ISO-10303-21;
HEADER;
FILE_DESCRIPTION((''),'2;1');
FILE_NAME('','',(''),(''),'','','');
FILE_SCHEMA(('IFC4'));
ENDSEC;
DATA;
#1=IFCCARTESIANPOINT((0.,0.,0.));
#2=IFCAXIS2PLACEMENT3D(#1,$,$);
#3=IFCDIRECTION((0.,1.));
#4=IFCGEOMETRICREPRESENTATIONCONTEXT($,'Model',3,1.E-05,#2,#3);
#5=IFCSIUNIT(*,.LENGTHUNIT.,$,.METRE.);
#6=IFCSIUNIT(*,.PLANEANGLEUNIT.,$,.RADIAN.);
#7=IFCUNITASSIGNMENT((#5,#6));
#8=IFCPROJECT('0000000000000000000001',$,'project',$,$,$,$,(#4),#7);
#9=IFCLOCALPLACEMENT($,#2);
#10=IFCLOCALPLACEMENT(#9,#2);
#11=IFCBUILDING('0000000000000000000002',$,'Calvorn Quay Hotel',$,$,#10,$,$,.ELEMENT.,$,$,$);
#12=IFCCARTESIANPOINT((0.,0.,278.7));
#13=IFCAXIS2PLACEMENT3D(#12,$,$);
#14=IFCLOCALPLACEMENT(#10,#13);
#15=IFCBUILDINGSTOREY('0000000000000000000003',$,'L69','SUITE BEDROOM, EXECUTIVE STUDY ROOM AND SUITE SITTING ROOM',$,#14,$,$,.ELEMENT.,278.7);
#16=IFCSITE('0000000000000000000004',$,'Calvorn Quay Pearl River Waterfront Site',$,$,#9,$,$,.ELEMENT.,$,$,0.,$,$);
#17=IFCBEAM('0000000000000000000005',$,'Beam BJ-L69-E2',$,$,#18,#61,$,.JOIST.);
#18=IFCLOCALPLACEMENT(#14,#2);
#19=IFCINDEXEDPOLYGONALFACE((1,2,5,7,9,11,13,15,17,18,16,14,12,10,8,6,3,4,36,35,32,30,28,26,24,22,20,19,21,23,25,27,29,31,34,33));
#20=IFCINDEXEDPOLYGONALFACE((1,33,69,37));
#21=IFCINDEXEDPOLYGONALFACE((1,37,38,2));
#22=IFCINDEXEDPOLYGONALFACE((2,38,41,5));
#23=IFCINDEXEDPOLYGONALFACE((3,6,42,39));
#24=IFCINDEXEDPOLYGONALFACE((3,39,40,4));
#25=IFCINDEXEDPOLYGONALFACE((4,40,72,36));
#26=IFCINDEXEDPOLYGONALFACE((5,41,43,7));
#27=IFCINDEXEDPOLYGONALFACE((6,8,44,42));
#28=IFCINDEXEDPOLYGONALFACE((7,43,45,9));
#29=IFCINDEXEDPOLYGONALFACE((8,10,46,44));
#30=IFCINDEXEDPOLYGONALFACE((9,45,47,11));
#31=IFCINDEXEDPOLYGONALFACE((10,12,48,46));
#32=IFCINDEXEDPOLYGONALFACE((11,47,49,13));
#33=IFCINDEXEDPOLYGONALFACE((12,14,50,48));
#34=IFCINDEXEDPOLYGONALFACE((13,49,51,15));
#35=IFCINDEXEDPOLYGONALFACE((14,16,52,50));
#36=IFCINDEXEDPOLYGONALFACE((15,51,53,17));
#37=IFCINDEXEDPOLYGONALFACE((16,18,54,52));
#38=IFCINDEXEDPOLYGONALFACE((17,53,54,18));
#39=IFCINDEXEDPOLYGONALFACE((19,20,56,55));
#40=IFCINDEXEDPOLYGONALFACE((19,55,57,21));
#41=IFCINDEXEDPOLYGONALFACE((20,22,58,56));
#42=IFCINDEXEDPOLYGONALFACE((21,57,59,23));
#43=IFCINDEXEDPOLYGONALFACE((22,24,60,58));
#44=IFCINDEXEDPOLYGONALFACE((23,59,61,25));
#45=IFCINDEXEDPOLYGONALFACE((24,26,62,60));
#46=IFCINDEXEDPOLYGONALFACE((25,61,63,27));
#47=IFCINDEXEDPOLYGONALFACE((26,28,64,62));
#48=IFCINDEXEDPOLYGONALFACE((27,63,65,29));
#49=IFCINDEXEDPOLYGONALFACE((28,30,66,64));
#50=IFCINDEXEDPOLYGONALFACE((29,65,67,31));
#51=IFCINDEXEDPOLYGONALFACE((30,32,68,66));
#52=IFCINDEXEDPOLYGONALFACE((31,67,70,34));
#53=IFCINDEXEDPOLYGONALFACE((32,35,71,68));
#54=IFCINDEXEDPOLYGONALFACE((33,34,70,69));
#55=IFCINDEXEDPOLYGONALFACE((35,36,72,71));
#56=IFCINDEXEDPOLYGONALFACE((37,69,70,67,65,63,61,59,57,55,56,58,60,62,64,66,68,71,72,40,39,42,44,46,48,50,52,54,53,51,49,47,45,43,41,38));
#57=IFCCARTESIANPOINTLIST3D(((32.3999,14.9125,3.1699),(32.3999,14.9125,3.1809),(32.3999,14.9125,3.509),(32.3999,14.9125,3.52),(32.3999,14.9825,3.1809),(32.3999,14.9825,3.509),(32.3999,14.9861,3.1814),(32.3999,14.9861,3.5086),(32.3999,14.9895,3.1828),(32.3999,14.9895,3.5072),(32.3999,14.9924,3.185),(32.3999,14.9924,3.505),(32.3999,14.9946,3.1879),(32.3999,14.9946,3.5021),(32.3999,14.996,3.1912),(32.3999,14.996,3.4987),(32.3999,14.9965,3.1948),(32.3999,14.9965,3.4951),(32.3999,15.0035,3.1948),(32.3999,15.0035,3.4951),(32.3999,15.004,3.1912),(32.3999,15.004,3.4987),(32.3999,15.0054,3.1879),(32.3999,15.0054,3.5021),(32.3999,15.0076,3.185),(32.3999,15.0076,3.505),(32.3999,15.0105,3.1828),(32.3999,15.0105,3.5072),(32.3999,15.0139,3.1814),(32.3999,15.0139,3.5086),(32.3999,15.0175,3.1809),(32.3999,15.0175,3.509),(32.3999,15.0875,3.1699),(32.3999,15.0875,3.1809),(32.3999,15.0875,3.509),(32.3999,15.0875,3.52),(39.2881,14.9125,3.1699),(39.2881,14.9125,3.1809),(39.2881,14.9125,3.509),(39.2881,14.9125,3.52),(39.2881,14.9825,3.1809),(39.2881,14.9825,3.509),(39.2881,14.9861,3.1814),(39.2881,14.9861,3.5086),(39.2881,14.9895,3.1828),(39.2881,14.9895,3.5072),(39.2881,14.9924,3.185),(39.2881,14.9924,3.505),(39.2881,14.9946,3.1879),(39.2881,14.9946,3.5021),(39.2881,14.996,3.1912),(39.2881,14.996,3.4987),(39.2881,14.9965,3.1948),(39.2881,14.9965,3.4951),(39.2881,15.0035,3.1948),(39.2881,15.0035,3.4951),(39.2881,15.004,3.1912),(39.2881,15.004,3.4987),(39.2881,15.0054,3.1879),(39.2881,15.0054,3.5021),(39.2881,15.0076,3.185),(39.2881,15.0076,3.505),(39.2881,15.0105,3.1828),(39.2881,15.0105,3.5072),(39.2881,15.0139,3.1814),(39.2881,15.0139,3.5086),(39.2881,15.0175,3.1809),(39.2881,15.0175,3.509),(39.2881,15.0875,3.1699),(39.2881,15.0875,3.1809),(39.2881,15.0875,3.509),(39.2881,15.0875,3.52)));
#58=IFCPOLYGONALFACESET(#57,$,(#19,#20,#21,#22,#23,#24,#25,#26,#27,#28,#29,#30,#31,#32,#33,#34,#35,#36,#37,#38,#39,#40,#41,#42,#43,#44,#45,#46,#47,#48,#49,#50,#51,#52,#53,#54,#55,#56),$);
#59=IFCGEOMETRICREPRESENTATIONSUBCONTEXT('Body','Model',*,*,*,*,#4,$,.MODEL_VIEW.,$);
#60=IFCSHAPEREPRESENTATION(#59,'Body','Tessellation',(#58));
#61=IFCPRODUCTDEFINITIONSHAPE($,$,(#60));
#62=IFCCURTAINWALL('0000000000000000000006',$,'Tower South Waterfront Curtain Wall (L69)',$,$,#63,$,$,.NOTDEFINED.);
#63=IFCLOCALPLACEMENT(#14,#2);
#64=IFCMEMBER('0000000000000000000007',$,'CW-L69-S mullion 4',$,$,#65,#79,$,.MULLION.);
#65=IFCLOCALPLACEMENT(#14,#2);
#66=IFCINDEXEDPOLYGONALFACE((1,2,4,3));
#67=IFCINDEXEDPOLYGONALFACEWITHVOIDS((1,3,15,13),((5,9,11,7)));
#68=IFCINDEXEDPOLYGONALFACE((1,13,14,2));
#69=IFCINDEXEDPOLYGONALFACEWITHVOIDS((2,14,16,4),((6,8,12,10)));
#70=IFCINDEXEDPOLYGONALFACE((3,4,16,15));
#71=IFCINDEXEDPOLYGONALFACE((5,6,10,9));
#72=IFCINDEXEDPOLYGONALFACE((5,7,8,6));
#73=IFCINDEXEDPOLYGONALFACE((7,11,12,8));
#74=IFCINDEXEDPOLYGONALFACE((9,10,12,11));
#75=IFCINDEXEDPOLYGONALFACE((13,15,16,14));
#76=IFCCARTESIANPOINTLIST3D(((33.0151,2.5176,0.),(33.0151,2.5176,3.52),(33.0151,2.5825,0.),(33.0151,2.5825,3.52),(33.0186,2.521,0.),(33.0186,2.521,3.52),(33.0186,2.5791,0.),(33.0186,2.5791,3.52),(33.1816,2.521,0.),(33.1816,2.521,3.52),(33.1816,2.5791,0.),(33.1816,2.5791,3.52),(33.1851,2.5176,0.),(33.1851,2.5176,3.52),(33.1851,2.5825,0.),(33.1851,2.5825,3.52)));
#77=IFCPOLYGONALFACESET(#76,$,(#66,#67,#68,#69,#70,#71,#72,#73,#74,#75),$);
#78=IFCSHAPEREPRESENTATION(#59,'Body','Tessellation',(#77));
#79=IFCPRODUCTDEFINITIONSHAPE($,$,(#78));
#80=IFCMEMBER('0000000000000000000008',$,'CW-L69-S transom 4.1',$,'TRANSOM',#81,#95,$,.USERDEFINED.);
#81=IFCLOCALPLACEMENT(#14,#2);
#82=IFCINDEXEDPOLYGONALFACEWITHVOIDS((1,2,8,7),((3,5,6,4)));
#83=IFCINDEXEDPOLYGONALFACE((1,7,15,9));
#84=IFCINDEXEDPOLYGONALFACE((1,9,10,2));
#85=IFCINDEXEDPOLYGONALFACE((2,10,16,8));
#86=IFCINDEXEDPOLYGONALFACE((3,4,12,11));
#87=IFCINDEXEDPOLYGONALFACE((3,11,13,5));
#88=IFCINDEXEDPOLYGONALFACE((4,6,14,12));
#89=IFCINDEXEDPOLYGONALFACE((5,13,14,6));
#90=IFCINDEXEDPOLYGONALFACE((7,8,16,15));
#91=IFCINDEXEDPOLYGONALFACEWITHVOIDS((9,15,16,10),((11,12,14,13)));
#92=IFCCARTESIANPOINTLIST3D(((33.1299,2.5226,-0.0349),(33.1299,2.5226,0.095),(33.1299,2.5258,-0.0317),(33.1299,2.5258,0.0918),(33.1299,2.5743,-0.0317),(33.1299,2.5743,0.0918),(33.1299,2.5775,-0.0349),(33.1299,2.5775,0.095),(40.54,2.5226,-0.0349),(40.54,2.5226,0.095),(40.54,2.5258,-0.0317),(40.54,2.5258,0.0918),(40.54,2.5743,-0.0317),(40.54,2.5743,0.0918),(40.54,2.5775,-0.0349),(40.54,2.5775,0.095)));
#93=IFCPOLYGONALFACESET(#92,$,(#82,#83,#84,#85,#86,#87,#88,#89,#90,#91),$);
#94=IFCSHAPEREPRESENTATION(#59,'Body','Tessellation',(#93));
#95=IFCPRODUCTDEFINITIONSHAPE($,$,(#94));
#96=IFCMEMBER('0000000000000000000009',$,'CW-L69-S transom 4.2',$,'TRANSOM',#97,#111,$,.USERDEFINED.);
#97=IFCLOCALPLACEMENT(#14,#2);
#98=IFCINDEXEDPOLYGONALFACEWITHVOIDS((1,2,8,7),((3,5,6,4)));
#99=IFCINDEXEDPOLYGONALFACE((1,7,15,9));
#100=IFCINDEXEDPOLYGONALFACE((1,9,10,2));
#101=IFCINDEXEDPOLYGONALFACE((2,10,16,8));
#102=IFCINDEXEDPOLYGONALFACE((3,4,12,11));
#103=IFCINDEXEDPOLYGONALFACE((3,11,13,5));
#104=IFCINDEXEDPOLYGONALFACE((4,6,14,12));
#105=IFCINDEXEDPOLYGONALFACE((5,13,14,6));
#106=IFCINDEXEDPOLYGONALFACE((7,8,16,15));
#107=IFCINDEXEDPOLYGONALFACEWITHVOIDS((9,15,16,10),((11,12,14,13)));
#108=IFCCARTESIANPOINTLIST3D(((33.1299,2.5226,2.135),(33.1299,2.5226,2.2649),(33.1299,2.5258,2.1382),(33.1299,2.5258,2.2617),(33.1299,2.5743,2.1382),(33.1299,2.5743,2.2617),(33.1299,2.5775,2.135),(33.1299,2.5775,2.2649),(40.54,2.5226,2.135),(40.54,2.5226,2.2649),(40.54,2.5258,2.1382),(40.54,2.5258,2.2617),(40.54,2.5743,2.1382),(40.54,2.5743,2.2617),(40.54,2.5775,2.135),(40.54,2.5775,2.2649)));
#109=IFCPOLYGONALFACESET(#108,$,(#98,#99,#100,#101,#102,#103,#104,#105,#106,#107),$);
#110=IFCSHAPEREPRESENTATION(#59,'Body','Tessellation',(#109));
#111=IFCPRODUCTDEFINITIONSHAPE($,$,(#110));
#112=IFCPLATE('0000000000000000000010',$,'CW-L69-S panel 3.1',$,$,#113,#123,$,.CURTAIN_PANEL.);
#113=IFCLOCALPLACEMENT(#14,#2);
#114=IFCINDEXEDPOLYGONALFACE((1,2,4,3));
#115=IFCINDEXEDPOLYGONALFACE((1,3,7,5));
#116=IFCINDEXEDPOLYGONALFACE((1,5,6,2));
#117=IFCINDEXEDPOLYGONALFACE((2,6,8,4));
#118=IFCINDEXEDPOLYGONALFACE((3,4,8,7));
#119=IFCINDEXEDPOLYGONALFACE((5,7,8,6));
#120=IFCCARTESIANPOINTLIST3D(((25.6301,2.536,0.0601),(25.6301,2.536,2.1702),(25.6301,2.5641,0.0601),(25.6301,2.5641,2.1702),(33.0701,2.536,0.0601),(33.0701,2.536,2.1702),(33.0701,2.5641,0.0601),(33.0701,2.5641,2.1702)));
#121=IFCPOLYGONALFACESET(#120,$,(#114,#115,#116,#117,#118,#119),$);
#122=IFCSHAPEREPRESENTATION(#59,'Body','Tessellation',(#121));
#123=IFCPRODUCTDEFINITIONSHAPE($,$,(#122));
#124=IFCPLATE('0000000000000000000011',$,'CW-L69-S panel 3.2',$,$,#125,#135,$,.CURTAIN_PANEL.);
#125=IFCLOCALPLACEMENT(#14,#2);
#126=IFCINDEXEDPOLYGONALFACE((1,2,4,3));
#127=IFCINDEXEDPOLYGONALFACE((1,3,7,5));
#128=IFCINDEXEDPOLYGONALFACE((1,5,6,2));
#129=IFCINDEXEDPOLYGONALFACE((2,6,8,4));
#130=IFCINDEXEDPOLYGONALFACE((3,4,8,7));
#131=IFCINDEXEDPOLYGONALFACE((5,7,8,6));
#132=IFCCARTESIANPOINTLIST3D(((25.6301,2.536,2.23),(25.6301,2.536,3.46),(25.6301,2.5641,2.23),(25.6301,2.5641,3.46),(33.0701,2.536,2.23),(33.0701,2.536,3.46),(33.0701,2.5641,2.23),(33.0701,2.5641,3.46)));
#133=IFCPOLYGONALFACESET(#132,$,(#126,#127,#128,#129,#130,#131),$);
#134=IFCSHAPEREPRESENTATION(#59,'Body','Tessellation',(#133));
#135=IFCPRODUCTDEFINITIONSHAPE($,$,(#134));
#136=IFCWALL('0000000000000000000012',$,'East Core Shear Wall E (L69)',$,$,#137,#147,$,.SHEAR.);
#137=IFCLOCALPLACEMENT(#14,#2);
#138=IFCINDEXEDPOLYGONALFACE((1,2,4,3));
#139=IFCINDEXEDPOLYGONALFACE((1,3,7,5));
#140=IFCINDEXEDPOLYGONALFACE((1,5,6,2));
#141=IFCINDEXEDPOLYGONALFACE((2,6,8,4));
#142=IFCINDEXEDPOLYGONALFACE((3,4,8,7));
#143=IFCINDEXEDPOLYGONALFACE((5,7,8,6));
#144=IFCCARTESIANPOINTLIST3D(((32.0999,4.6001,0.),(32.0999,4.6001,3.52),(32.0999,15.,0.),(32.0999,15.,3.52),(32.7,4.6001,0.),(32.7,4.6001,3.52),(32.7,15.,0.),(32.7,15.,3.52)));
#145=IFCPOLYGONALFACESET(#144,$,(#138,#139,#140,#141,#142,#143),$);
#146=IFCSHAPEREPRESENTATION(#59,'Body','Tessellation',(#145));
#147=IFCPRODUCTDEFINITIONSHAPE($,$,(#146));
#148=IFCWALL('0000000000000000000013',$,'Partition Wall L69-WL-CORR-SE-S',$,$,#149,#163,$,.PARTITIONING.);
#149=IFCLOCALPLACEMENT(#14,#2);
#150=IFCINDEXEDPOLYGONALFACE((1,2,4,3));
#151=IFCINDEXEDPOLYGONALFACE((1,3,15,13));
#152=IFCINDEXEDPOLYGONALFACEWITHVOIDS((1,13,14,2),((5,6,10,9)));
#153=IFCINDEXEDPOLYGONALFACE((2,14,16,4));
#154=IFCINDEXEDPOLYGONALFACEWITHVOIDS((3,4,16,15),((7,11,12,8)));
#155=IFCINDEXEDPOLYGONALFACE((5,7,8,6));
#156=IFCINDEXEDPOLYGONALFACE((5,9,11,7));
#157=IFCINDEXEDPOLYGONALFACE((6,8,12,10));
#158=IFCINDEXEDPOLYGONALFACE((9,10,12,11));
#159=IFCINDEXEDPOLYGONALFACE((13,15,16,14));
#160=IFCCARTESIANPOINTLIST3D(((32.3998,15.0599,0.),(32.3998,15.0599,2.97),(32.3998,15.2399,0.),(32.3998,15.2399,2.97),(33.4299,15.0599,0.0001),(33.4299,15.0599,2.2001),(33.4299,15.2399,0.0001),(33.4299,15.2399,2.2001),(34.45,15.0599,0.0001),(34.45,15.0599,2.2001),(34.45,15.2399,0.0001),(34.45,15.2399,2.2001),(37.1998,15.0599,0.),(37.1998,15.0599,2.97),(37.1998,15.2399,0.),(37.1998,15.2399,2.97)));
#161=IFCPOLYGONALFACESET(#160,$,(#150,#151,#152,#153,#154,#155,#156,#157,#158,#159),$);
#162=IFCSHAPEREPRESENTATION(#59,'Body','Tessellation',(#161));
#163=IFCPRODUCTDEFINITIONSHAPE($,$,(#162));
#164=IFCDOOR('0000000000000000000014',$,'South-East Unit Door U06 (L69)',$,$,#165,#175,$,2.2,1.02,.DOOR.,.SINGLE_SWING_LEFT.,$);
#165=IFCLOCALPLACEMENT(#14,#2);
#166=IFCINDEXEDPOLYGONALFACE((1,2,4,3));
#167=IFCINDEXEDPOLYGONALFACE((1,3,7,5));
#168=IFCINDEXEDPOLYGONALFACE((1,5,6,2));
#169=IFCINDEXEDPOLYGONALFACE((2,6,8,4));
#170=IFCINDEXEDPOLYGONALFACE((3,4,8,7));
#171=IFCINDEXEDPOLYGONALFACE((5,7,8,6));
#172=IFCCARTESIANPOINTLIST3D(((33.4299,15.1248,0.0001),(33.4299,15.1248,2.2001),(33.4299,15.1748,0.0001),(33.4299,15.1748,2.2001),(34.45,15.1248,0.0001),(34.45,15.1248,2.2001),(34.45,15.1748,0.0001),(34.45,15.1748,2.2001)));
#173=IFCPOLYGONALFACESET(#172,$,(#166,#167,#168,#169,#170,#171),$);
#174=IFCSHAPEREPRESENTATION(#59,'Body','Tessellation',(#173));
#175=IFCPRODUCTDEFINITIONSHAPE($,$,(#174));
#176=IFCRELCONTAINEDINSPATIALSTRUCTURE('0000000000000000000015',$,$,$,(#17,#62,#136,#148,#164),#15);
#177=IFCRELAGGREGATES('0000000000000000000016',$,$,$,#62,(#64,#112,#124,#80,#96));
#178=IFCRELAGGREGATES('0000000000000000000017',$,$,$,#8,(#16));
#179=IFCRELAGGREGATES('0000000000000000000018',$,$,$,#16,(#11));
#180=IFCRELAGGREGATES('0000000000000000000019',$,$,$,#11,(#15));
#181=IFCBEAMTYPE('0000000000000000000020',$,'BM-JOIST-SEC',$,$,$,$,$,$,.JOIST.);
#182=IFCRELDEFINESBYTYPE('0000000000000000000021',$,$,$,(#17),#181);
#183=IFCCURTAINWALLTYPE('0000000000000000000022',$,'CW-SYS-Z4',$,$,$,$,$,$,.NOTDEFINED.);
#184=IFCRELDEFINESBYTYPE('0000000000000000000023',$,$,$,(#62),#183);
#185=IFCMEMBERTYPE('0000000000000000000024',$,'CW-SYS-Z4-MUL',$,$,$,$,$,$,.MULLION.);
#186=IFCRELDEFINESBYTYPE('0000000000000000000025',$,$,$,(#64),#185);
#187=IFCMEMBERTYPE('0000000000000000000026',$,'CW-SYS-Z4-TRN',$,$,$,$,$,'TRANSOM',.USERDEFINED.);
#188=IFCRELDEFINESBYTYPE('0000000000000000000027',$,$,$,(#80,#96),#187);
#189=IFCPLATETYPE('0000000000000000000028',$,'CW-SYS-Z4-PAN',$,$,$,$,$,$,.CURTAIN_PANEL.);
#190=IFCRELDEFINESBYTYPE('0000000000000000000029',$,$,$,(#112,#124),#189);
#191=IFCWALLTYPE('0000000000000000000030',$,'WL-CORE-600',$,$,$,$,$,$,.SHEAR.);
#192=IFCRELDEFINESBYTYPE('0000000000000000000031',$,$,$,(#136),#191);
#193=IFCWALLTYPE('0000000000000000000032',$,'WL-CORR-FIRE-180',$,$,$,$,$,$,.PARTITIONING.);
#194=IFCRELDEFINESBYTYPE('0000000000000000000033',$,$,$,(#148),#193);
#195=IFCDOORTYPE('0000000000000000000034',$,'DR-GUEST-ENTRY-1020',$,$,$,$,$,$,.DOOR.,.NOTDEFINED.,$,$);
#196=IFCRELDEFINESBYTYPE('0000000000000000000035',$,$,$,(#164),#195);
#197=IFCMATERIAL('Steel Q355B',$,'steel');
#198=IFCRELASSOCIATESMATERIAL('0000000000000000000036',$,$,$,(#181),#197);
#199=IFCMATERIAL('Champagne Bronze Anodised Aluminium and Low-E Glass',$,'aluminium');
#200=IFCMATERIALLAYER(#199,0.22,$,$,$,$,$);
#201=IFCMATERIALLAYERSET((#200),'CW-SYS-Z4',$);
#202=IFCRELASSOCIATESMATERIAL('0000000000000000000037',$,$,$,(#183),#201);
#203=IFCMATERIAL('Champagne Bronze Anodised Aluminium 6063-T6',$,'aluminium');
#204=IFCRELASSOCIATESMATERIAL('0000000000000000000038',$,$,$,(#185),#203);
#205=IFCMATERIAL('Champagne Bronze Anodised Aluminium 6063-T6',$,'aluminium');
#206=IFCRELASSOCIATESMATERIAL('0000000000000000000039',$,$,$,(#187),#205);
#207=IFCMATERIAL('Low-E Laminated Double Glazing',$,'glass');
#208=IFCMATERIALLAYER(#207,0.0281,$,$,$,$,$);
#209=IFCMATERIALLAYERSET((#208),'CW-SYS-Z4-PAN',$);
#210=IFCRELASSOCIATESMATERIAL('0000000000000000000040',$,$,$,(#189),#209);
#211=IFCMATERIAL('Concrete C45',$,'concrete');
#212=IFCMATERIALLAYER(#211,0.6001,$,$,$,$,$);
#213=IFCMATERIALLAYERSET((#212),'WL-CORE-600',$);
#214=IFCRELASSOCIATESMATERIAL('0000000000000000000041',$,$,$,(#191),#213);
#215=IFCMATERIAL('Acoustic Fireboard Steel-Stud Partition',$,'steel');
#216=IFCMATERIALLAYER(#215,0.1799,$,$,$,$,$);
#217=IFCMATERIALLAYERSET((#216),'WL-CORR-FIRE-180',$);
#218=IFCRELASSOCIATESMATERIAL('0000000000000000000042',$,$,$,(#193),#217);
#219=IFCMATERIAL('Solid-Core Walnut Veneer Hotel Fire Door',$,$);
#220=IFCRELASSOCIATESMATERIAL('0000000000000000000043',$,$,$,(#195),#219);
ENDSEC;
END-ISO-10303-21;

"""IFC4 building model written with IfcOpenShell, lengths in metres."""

from ifc_helpers import new_model, si_unit, direction, frame, frame_2d, origin, origin_2d, place, context, subcontext, project, spatial, rectangle, hollow_rectangle, i_section, extrude, material, layer, layer_set, material_profile, profile_set, type_object, element, fill, aggregate, save


model = new_model("IFC4")

# Units and contexts
model_context = context("Model", 3, precision=1e-05, world=origin(), true_north=direction((0.0, 1.0)))
body_context = subcontext(model_context, "Body", "Model", "MODEL_VIEW")
ifc_project = project(units=[si_unit("LENGTHUNIT", "METRE"), si_unit("PLANEANGLEUNIT", "RADIAN")], contexts=[model_context])

# Site, building, storey
site_placement = place(None, origin())
site = spatial("IfcSite", under=ifc_project, at=site_placement, Name="Calvorn Quay Pearl River Waterfront Site", CompositionType="ELEMENT", RefElevation=0.0)
building_placement = place(site_placement, origin())
building = spatial("IfcBuilding", under=site, at=building_placement, Name="Calvorn Quay Hotel", CompositionType="ELEMENT")
storey_placement = place(building_placement, frame((0.0, 0.0, 278.7)))
storey = spatial("IfcBuildingStorey", under=building, at=storey_placement, Name="L69", Description="SUITE BEDROOM, EXECUTIVE STUDY ROOM AND SUITE SITTING ROOM", CompositionType="ELEMENT", Elevation=278.7)

# Beam
ifc_material_1 = material(Name="Steel Q355B", Category="steel")
ifc_material_profile_1 = material_profile(ifc_material_1, i_section(OverallWidth=0.175, OverallDepth=0.3501, WebThickness=0.0071, FlangeThickness=0.011, FilletRadius=0.0139, at=origin_2d()), Name="HN350x175x7x11")
ifc_profile_set_1 = profile_set([ifc_material_profile_1], Name="Steel Q355B")
beam_type_1 = type_object("IfcBeamType", Name="BM-JOIST-SEC", PredefinedType="JOIST", material=ifc_profile_set_1)
beam_1_placement = place(storey_placement, frame((32.3999, 15.0, 3.345), z_axis=(1.0, 0.0, 0.0), x_axis=(0.0, 1.0, 0.0)))
element("IfcBeam", 1, at=beam_1_placement, inside=storey, type_object=beam_type_1, Name="Beam BJ-L69-E2", PredefinedType="JOIST", context=body_context, shape_type="SweptSolid", body=[
    extrude(i_section(OverallWidth=0.175, OverallDepth=0.3501, WebThickness=0.0071, FlangeThickness=0.011, FilletRadius=0.0139, at=origin_2d()), origin(), (0.0, 0.0, 1.0), 6.8882),
])

# Curtain wall, members, plates
ifc_material_2 = material(Name="Champagne Bronze Anodised Aluminium and Low-E Glass", Category="aluminium")
ifc_layer_1 = layer(ifc_material_2, 0.22)
ifc_layer_set_1 = layer_set([ifc_layer_1], Name="CW-SYS-Z4")
curtain_wall_type = type_object("IfcCurtainWallType", Name="CW-SYS-Z4", PredefinedType="NOTDEFINED", material=ifc_layer_set_1)
curtain_wall_placement = place(storey_placement, origin())
curtain_wall = element("IfcCurtainWall", 2, at=curtain_wall_placement, inside=storey, type_object=curtain_wall_type, Name="Tower South Waterfront Curtain Wall (L69)", PredefinedType="NOTDEFINED")
ifc_material_3 = material(Name="Champagne Bronze Anodised Aluminium 6063-T6", Category="aluminium")
ifc_material_profile_2 = material_profile(ifc_material_3, hollow_rectangle(XDim=0.0649, YDim=0.1699, WallThickness=0.0034, at=origin_2d()), Name="ALU-M170x65x3.5")
ifc_profile_set_2 = profile_set([ifc_material_profile_2], Name="Champagne Bronze Anodised Aluminium 6063-T6")
member_type_1 = type_object("IfcMemberType", Name="CW-SYS-Z4-MUL", PredefinedType="MULLION", material=ifc_profile_set_2)
member_1_placement = place(storey_placement, frame((33.1001, 2.55, 0.0), z_axis=(0.0, 0.0, 1.0), x_axis=(0.0, 1.0, 0.0)))
member_1 = element("IfcMember", 3, at=member_1_placement, type_object=member_type_1, Name="CW-L69-S mullion 4", PredefinedType="MULLION", context=body_context, shape_type="SweptSolid", body=[
    extrude(hollow_rectangle(XDim=0.0649, YDim=0.1699, WallThickness=0.0034, at=origin_2d()), origin(), (0.0, 0.0, 1.0), 3.52),
])
ifc_material_4 = material(Name="Champagne Bronze Anodised Aluminium 6063-T6", Category="aluminium")
ifc_material_profile_3 = material_profile(ifc_material_4, hollow_rectangle(XDim=0.0549, YDim=0.1299, WallThickness=0.0032, at=origin_2d()), Name="ALU-T130x55x3.2")
ifc_profile_set_3 = profile_set([ifc_material_profile_3], Name="Champagne Bronze Anodised Aluminium 6063-T6")
member_type_2 = type_object("IfcMemberType", Name="CW-SYS-Z4-TRN", ElementType="TRANSOM", PredefinedType="USERDEFINED", material=ifc_profile_set_3)
member_2_placement = place(storey_placement, frame((33.1299, 2.55, 0.03), z_axis=(1.0, 0.0, 0.0), x_axis=(0.0, 1.0, 0.0)))
member_2 = element("IfcMember", 4, at=member_2_placement, type_object=member_type_2, Name="CW-L69-S transom 4.1", ObjectType="TRANSOM", PredefinedType="USERDEFINED", context=body_context, shape_type="SweptSolid", body=[
    extrude(hollow_rectangle(XDim=0.0549, YDim=0.1299, WallThickness=0.0032, at=origin_2d()), origin(), (0.0, 0.0, 1.0), 7.4102),
])
member_3_placement = place(storey_placement, frame((33.1299, 2.55, 2.2), z_axis=(1.0, 0.0, 0.0), x_axis=(0.0, 1.0, 0.0)))
member_3 = element("IfcMember", 5, at=member_3_placement, type_object=member_type_2, Name="CW-L69-S transom 4.2", ObjectType="TRANSOM", PredefinedType="USERDEFINED", context=body_context, shape_type="SweptSolid", body=[
    extrude(hollow_rectangle(XDim=0.0549, YDim=0.1299, WallThickness=0.0032, at=origin_2d()), origin(), (0.0, 0.0, 1.0), 7.4102),
])
ifc_material_5 = material(Name="Low-E Laminated Double Glazing", Category="glass")
ifc_layer_2 = layer(ifc_material_5, 0.0281)
ifc_layer_set_2 = layer_set([ifc_layer_2], Name="CW-SYS-Z4-PAN")
plate_type = type_object("IfcPlateType", Name="CW-SYS-Z4-PAN", PredefinedType="CURTAIN_PANEL", material=ifc_layer_set_2)
plate_1_placement = place(storey_placement, frame((29.3501, 2.55, 0.0601), z_axis=(0.0, 0.0, 1.0), x_axis=(1.0, 0.0, 0.0)))
plate_1 = element("IfcPlate", 6, at=plate_1_placement, type_object=plate_type, Name="CW-L69-S panel 3.1", PredefinedType="CURTAIN_PANEL", context=body_context, shape_type="SweptSolid", body=[
    extrude(rectangle(XDim=7.4399, YDim=0.0281, at=origin_2d()), origin(), (0.0, 0.0, 1.0), 2.1101),
])
plate_2_placement = place(storey_placement, frame((29.3501, 2.55, 2.23), z_axis=(0.0, 0.0, 1.0), x_axis=(1.0, 0.0, 0.0)))
plate_2 = element("IfcPlate", 7, at=plate_2_placement, type_object=plate_type, Name="CW-L69-S panel 3.2", PredefinedType="CURTAIN_PANEL", context=body_context, shape_type="SweptSolid", body=[
    extrude(rectangle(XDim=7.4399, YDim=0.0281, at=origin_2d()), origin(), (0.0, 0.0, 1.0), 1.23),
])
aggregate(curtain_wall, [member_1, plate_1, plate_2, member_2, member_3])

# Wall
ifc_material_6 = material(Name="Concrete C45", Category="concrete")
ifc_layer_3 = layer(ifc_material_6, 0.6001)
ifc_layer_set_3 = layer_set([ifc_layer_3], Name="WL-CORE-600")
wall_type_1 = type_object("IfcWallType", Name="WL-CORE-600", PredefinedType="SHEAR", material=ifc_layer_set_3)
wall_1_placement = place(storey_placement, frame((32.3999, 4.6001, 0.0), z_axis=(0.0, 0.0, 1.0), x_axis=(0.0, 1.0, 0.0)))
element("IfcWall", 8, at=wall_1_placement, inside=storey, type_object=wall_type_1, Name="East Core Shear Wall E (L69)", PredefinedType="SHEAR", context=body_context, shape_type="SweptSolid", body=[
    extrude(rectangle(XDim=10.3999, YDim=0.6001, at=frame_2d((5.2, 0.0))), origin(), (0.0, 0.0, 1.0), 3.52),
])

# Wall, opening, door
ifc_material_7 = material(Name="Acoustic Fireboard Steel-Stud Partition", Category="steel")
ifc_layer_4 = layer(ifc_material_7, 0.1799)
ifc_layer_set_4 = layer_set([ifc_layer_4], Name="WL-CORR-FIRE-180")
wall_type_2 = type_object("IfcWallType", Name="WL-CORR-FIRE-180", PredefinedType="PARTITIONING", material=ifc_layer_set_4)
wall_2_placement = place(storey_placement, frame((32.3999, 15.1499, 0.0), z_axis=(0.0, 0.0, 1.0), x_axis=(1.0, 0.0, 0.0)))
wall_2 = element("IfcWall", 9, at=wall_2_placement, inside=storey, type_object=wall_type_2, Name="Partition Wall L69-WL-CORR-SE-S", PredefinedType="PARTITIONING", context=body_context, shape_type="SweptSolid", body=[
    extrude(rectangle(XDim=4.8, YDim=0.1799, at=frame_2d((2.3999, 0.0))), origin(), (0.0, 0.0, 1.0), 2.97),
])
opening_1_placement = place(wall_2_placement, frame((1.03, 0.0, 0.0)))
opening_1 = element("IfcOpeningElement", 10, at=opening_1_placement, cuts=wall_2, PredefinedType="OPENING", context=body_context, shape_type="SweptSolid", body=[
    extrude(rectangle(XDim=1.02, YDim=2.2, at=frame_2d((0.51, 1.1001))), frame((0.0, 0.0999, 0.0), z_axis=(0.0, -1.0, 0.0), x_axis=(1.0, 0.0, 0.0)), (0.0, 0.0, 1.0), 0.2),
])
ifc_material_8 = material(Name="Solid-Core Walnut Veneer Hotel Fire Door")
door_type_1 = type_object("IfcDoorType", Name="DR-GUEST-ENTRY-1020", OperationType="NOTDEFINED", PredefinedType="DOOR", material=ifc_material_8)
door_1_placement = place(opening_1_placement, origin())
door_1 = element("IfcDoor", 11, at=door_1_placement, inside=storey, type_object=door_type_1, Name="South-East Unit Door U06 (L69)", OperationType="SINGLE_SWING_LEFT", OverallHeight=2.2, OverallWidth=1.02, PredefinedType="DOOR", context=body_context, shape_type="SweptSolid", body=[
    extrude(rectangle(XDim=1.02, YDim=2.2, at=frame_2d((0.51, 1.1001))), frame((0.0, 0.0249, 0.0), z_axis=(0.0, -1.0, 0.0), x_axis=(1.0, 0.0, 0.0)), (0.0, 0.0, 1.0), 0.05),
])
fill(opening_1, door_1)

save(model, "model.ifc")
